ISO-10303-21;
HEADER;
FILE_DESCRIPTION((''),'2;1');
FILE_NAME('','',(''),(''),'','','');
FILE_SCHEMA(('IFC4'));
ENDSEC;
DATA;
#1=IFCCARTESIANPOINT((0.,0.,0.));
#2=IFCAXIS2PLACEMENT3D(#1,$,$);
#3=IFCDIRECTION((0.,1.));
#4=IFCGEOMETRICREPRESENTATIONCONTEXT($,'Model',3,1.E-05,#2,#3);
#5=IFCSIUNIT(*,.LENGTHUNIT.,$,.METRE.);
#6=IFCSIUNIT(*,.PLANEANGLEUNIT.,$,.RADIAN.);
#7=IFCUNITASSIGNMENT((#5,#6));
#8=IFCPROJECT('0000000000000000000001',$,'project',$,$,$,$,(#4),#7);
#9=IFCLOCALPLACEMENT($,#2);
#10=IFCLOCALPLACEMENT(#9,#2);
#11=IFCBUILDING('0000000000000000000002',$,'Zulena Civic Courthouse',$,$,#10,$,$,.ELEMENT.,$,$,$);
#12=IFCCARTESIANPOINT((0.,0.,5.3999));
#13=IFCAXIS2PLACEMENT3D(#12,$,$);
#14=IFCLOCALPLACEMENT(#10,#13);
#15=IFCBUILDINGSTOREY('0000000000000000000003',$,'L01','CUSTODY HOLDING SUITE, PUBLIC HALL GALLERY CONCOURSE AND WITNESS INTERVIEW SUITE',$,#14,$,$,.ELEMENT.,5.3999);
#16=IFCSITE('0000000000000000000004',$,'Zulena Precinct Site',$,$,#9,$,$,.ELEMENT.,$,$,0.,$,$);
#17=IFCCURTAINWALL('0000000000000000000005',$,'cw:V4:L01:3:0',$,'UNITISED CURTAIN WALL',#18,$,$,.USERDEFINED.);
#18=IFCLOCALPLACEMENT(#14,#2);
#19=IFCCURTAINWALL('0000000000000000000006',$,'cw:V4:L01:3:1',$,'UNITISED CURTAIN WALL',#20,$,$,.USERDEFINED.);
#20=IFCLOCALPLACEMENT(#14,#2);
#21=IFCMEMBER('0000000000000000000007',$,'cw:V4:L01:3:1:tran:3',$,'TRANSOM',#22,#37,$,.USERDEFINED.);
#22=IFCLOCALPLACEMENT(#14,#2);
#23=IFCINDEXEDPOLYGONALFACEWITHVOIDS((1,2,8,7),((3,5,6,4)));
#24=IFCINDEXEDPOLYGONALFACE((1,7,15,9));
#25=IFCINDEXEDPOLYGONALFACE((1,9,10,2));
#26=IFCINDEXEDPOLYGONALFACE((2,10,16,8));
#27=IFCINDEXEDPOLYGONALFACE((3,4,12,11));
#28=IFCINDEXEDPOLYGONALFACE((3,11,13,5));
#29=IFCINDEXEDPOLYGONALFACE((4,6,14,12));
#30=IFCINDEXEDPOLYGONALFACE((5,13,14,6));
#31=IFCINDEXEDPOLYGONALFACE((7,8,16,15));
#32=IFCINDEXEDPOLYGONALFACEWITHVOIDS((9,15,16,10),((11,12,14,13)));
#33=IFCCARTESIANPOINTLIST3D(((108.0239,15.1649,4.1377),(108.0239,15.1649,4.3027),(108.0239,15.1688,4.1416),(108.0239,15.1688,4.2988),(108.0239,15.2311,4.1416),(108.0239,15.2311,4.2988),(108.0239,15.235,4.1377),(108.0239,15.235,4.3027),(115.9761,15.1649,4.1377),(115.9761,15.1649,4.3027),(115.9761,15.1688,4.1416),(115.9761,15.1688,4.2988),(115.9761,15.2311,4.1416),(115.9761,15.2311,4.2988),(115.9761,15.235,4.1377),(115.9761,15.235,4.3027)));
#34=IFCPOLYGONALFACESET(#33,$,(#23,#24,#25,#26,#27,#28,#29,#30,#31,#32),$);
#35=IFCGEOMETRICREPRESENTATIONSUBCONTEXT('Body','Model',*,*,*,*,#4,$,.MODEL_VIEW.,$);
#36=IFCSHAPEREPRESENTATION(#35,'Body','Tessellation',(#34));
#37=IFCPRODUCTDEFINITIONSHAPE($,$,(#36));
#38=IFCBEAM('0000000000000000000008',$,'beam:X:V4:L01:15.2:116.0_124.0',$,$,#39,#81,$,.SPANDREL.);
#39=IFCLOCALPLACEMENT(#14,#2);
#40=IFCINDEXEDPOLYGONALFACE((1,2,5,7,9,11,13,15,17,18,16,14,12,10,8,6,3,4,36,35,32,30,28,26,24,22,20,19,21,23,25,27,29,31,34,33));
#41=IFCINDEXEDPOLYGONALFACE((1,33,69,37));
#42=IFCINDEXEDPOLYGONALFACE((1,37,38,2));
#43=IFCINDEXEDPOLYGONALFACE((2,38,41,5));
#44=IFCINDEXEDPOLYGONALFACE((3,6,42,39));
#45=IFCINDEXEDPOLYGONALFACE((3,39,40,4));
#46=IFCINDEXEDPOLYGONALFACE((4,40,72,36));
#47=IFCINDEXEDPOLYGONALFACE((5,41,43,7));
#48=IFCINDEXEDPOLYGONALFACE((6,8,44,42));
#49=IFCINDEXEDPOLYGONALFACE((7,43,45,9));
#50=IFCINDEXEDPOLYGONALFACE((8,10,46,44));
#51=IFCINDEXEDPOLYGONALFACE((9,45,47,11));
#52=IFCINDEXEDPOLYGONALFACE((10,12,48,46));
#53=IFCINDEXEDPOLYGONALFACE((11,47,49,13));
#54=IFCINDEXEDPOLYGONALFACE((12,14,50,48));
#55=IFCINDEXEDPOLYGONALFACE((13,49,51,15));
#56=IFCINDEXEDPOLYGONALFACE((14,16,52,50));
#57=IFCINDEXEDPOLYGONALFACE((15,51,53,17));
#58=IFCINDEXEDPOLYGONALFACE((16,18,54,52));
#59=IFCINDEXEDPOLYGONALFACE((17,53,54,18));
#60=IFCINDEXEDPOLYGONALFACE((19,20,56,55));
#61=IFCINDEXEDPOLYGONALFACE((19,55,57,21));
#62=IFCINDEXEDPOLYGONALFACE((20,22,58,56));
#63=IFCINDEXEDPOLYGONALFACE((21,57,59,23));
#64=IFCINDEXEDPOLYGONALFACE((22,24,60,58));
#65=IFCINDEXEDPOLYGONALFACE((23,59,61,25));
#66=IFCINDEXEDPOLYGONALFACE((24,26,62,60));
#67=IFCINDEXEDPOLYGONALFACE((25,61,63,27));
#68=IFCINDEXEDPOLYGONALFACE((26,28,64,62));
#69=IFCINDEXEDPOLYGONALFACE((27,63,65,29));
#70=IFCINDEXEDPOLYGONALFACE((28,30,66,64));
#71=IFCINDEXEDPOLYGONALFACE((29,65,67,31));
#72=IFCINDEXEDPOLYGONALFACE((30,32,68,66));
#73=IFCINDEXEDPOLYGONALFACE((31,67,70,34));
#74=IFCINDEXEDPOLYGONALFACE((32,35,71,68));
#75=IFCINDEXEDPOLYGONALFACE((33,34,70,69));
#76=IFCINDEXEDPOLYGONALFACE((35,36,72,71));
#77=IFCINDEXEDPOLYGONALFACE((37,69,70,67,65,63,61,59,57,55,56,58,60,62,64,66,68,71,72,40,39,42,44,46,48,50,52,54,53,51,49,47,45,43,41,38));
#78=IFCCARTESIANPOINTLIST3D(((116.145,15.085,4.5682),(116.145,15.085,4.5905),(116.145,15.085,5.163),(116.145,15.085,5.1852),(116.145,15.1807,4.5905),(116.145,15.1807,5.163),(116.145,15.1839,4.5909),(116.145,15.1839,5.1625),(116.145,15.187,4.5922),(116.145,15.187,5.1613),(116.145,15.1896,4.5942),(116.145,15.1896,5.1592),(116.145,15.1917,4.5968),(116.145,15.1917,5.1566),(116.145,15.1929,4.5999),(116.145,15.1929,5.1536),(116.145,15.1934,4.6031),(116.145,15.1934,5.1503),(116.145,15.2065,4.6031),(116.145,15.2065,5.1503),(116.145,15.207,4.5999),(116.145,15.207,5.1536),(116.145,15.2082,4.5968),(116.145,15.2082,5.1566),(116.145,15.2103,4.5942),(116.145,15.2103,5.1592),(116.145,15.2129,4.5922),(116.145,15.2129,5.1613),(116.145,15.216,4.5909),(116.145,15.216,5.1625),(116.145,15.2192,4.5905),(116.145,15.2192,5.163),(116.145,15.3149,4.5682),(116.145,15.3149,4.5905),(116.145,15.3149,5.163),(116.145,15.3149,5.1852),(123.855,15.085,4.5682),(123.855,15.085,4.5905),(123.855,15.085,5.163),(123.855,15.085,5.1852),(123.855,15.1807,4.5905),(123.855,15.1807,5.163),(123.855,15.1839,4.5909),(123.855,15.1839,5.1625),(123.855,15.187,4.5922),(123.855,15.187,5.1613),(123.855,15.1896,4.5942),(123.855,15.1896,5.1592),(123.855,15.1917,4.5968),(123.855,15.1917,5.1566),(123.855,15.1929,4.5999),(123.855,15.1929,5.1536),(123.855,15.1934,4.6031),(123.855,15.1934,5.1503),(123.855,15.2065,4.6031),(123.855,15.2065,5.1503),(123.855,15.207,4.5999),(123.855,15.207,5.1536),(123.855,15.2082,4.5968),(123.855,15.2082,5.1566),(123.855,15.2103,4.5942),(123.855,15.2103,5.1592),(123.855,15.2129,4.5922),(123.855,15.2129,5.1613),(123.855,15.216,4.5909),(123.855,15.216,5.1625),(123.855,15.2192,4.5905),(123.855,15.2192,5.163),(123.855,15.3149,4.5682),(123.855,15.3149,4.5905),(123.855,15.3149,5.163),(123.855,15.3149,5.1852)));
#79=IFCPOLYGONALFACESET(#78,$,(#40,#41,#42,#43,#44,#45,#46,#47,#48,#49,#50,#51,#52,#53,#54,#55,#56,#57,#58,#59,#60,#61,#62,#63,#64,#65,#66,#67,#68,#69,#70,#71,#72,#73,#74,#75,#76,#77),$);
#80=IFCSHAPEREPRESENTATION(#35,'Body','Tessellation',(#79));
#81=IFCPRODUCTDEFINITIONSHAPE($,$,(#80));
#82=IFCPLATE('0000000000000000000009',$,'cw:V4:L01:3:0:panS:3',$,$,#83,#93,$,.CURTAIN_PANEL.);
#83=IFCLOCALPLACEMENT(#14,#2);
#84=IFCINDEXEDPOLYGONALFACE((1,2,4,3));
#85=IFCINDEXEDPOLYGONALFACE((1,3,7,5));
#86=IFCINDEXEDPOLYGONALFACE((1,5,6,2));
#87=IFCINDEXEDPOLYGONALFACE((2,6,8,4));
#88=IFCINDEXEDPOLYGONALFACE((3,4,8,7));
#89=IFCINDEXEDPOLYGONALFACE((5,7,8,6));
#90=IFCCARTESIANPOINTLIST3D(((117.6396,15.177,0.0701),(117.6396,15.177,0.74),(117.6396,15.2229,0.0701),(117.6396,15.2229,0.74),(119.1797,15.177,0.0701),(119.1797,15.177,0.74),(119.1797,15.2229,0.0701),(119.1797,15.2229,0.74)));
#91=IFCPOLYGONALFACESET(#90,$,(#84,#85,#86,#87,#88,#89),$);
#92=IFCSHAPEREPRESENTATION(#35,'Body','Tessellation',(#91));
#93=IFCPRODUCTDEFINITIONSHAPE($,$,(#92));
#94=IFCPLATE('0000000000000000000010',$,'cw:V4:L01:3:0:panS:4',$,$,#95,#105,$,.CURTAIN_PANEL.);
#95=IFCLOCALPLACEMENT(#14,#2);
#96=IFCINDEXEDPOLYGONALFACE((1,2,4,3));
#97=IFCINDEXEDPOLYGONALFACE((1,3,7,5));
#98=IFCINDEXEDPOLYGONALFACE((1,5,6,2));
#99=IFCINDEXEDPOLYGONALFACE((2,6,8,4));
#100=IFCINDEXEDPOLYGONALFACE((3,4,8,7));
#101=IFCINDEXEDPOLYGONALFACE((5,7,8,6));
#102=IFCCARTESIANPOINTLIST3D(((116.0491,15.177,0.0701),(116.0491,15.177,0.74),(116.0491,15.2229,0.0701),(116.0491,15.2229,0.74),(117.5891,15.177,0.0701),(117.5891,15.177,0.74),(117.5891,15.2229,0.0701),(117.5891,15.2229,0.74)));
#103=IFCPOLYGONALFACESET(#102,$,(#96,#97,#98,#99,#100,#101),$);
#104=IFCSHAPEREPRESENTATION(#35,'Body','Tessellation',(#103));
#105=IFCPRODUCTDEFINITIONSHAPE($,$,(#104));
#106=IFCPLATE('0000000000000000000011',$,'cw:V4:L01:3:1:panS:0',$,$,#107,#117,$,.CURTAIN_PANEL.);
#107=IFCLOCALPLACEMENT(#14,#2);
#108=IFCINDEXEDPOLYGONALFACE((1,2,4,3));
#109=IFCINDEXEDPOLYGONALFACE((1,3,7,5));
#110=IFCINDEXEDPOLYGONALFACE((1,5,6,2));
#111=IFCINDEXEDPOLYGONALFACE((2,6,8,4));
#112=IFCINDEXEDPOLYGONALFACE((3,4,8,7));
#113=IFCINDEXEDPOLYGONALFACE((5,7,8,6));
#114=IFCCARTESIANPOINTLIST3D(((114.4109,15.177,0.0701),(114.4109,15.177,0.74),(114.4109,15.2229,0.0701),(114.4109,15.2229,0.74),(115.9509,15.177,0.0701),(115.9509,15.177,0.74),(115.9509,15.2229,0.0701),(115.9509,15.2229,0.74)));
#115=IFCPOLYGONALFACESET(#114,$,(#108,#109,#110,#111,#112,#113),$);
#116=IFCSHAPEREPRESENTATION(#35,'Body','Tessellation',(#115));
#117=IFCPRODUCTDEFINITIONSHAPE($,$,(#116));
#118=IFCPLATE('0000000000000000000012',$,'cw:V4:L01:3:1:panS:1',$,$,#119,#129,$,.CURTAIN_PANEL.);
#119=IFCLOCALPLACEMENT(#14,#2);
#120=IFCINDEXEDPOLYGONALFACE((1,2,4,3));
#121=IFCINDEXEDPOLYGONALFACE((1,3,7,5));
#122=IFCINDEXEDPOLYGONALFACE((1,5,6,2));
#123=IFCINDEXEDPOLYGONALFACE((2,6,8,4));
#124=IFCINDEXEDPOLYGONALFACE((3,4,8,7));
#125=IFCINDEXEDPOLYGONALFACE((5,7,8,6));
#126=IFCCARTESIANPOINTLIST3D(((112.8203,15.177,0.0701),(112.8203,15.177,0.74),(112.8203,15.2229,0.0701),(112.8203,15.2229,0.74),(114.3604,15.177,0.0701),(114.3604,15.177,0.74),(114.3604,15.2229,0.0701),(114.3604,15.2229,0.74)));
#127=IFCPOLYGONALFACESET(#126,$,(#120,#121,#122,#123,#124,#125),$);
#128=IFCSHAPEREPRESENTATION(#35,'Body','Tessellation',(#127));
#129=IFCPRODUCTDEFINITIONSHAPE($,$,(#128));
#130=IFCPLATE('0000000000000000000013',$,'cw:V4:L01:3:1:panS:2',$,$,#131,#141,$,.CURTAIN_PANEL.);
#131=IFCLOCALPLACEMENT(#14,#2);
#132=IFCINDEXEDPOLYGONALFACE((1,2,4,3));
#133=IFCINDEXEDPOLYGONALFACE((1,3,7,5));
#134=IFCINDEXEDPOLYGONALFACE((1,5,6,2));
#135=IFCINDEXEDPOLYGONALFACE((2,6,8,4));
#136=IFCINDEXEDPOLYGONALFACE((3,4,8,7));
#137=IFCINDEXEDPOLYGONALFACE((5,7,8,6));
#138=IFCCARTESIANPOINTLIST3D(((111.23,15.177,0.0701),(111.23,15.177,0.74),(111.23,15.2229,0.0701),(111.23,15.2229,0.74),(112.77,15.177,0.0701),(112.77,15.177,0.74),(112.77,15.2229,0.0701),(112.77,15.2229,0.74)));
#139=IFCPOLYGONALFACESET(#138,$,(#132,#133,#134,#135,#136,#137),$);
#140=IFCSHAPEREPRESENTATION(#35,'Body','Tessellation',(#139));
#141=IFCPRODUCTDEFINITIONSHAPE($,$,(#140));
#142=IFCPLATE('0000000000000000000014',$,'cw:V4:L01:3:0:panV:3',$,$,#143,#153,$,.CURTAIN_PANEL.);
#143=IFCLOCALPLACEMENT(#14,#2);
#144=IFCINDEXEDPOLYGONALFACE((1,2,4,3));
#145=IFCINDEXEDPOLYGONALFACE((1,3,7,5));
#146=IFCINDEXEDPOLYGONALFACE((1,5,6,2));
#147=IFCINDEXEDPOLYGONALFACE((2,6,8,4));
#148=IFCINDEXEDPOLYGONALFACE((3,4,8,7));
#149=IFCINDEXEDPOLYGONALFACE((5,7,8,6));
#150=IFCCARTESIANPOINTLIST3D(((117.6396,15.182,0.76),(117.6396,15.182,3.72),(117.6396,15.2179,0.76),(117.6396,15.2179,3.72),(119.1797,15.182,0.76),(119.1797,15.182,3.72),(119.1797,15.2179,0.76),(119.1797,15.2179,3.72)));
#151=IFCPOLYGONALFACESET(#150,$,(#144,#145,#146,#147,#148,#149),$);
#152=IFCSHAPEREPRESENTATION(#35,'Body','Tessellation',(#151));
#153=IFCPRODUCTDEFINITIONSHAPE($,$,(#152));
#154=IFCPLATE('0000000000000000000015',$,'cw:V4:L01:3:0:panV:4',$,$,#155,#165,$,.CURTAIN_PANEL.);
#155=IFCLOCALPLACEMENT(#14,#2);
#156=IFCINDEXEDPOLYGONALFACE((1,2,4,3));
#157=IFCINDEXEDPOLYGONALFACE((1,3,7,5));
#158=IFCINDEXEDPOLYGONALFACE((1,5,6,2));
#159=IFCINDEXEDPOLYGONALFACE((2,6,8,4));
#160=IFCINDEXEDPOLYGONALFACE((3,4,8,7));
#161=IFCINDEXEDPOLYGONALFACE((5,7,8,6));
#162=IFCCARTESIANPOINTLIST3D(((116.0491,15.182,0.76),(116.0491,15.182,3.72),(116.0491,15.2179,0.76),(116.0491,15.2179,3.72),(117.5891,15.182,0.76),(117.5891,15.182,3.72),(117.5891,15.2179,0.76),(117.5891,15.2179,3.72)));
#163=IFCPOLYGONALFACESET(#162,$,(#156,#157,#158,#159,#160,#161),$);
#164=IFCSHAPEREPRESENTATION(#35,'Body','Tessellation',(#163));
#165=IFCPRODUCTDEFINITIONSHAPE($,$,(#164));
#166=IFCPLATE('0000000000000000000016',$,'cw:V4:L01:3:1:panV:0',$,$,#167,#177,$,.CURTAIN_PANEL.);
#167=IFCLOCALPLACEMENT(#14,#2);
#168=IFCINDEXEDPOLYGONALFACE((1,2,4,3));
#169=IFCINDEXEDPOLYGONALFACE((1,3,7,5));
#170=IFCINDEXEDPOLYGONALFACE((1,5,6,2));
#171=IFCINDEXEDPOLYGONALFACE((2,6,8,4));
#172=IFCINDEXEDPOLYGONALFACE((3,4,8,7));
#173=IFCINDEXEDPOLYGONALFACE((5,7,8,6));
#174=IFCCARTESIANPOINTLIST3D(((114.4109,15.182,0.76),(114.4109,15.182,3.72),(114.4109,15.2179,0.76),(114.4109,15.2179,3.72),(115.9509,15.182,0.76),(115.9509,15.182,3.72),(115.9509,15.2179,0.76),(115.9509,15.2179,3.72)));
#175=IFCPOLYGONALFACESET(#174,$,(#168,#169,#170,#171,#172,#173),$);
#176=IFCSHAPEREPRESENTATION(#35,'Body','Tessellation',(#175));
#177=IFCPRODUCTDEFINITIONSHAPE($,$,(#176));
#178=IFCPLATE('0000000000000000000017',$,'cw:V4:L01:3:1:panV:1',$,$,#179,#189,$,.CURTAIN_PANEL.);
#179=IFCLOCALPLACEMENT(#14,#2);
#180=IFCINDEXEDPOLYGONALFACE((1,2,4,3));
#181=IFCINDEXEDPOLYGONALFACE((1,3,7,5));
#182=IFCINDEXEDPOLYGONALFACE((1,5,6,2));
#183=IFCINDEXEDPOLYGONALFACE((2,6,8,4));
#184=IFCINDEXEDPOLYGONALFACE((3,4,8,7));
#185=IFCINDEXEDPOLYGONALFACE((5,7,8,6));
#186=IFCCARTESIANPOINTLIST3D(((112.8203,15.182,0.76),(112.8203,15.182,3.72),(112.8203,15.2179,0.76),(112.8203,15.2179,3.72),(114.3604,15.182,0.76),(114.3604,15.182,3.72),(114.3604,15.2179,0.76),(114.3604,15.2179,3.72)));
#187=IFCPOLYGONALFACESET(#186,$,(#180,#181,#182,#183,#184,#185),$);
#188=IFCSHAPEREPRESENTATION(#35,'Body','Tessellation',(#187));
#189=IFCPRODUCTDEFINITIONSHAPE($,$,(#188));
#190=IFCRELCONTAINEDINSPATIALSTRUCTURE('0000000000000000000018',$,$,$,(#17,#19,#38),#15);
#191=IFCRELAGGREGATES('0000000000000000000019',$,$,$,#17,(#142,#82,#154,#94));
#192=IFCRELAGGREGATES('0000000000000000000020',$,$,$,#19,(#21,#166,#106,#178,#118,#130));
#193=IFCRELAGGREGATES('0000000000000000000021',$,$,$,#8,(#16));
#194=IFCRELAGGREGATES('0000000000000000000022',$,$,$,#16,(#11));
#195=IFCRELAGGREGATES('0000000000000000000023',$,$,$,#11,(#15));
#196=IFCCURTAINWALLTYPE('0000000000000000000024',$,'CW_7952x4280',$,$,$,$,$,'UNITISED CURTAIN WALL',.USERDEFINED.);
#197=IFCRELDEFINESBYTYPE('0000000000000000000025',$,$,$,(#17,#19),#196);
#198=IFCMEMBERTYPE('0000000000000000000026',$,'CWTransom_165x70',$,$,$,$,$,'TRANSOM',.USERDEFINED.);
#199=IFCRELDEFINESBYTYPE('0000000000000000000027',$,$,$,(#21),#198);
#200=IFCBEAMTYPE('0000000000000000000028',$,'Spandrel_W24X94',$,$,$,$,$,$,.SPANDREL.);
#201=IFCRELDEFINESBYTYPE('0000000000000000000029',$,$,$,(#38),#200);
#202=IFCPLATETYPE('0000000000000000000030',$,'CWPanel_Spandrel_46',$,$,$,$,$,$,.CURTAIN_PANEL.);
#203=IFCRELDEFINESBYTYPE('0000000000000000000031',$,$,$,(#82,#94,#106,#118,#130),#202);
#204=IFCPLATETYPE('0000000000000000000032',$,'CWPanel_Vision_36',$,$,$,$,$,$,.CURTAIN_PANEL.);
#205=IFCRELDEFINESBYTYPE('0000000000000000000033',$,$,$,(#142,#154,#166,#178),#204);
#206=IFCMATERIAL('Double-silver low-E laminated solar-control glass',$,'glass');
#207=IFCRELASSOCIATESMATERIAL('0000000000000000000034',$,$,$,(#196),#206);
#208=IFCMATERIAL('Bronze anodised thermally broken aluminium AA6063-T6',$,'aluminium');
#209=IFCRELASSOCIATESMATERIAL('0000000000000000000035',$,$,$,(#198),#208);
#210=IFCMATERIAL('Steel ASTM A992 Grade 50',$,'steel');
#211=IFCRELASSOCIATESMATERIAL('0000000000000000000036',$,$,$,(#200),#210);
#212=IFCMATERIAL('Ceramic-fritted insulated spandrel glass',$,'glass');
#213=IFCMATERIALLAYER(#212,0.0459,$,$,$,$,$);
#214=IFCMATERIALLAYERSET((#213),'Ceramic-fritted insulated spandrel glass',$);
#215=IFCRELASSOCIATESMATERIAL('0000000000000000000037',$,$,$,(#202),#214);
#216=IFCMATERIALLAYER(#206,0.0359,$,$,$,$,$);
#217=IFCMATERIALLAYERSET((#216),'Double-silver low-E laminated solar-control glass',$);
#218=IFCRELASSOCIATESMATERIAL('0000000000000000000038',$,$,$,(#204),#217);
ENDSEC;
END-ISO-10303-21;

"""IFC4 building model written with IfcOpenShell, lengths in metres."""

from ifc_helpers import new_model, si_unit, direction, frame, origin, origin_2d, place, context, subcontext, project, spatial, rectangle, hollow_rectangle, i_section, extrude, material, layer, layer_set, material_profile, profile_set, type_object, element, aggregate, save


model = new_model("IFC4")

# Units and contexts
model_context = context("Model", 3, precision=1e-05, world=origin(), true_north=direction((0.0, 1.0)))
body_context = subcontext(model_context, "Body", "Model", "MODEL_VIEW")
ifc_project = project(units=[si_unit("LENGTHUNIT", "METRE"), si_unit("PLANEANGLEUNIT", "RADIAN")], contexts=[model_context])

# Site, building, storey
site_placement = place(None, origin())
site = spatial("IfcSite", under=ifc_project, at=site_placement, Name="Zulena Precinct Site", CompositionType="ELEMENT", RefElevation=0.0)
building_placement = place(site_placement, origin())
building = spatial("IfcBuilding", under=site, at=building_placement, Name="Zulena Civic Courthouse", CompositionType="ELEMENT")
storey_placement = place(building_placement, frame((0.0, 0.0, 5.3999)))
storey = spatial("IfcBuildingStorey", under=building, at=storey_placement, Name="L01", Description="CUSTODY HOLDING SUITE, PUBLIC HALL GALLERY CONCOURSE AND WITNESS INTERVIEW SUITE", CompositionType="ELEMENT", Elevation=5.3999)

# Shared definitions
ifc_material_1 = material(Name="Steel ASTM A992 Grade 50", Category="steel")

# Curtain walls, member
ifc_material_2 = material(Name="Double-silver low-E laminated solar-control glass", Category="glass")
curtain_wall_type = type_object("IfcCurtainWallType", Name="CW_7952x4280", ElementType="UNITISED CURTAIN WALL", PredefinedType="USERDEFINED", material=ifc_material_2)
curtain_wall_1_placement = place(storey_placement, origin())
curtain_wall_1 = element("IfcCurtainWall", 1, at=curtain_wall_1_placement, inside=storey, type_object=curtain_wall_type, Name="cw:V4:L01:3:0", ObjectType="UNITISED CURTAIN WALL", PredefinedType="USERDEFINED")
ifc_material_3 = material(Name="Bronze anodised thermally broken aluminium AA6063-T6", Category="aluminium")
curtain_wall_2_placement = place(storey_placement, origin())
curtain_wall_2 = element("IfcCurtainWall", 2, at=curtain_wall_2_placement, inside=storey, type_object=curtain_wall_type, Name="cw:V4:L01:3:1", ObjectType="UNITISED CURTAIN WALL", PredefinedType="USERDEFINED")
ifc_material_profile_1 = material_profile(ifc_material_3, hollow_rectangle(XDim=0.0701, YDim=0.165, WallThickness=0.0039, at=origin_2d()), Name="CWT165X70X4")
ifc_profile_set_1 = profile_set([ifc_material_profile_1], Name="Bronze anodised thermally broken aluminium AA6063-T6")
member_type_1 = type_object("IfcMemberType", Name="CWTransom_165x70", ElementType="TRANSOM", PredefinedType="USERDEFINED", material=ifc_profile_set_1)
member_1_placement = place(storey_placement, frame((115.9761, 15.2, 4.2202), z_axis=(-1.0, 0.0, 0.0), x_axis=(0.0, -1.0, 0.0)))
member_1 = element("IfcMember", 3, at=member_1_placement, type_object=member_type_1, Name="cw:V4:L01:3:1:tran:3", ObjectType="TRANSOM", PredefinedType="USERDEFINED", context=body_context, shape_type="SweptSolid", body=[
    extrude(hollow_rectangle(XDim=0.0701, YDim=0.165, WallThickness=0.0039, at=origin_2d()), origin(), (0.0, 0.0, 1.0), 7.9521),
])

# Beam
ifc_material_profile_2 = material_profile(ifc_material_1, i_section(OverallWidth=0.23, OverallDepth=0.6169, WebThickness=0.0132, FlangeThickness=0.0222, FilletRadius=0.0127, at=origin_2d()), Name="W24X94")
ifc_profile_set_2 = profile_set([ifc_material_profile_2], Name="Steel ASTM A992 Grade 50")
beam_type = type_object("IfcBeamType", Name="Spandrel_W24X94", PredefinedType="SPANDREL", material=ifc_profile_set_2)
beam_placement = place(storey_placement, frame((116.145, 15.2, 4.8767), z_axis=(1.0, 0.0, 0.0), x_axis=(0.0, 1.0, 0.0)))
element("IfcBeam", 4, at=beam_placement, inside=storey, type_object=beam_type, Name="beam:X:V4:L01:15.2:116.0_124.0", PredefinedType="SPANDREL", context=body_context, shape_type="SweptSolid", body=[
    extrude(i_section(OverallWidth=0.23, OverallDepth=0.6169, WebThickness=0.0132, FlangeThickness=0.0222, FilletRadius=0.0127, at=origin_2d()), origin(), (0.0, 0.0, 1.0), 7.71),
])

# Plates
ifc_material_4 = material(Name="Ceramic-fritted insulated spandrel glass", Category="glass")
ifc_layer_1 = layer(ifc_material_4, 0.0459)
ifc_layer_set_1 = layer_set([ifc_layer_1], Name="Ceramic-fritted insulated spandrel glass")
plate_type_1 = type_object("IfcPlateType", Name="CWPanel_Spandrel_46", PredefinedType="CURTAIN_PANEL", material=ifc_layer_set_1)
plate_1_placement = place(storey_placement, frame((118.4097, 15.2, 0.0701), z_axis=(0.0, 0.0, 1.0), x_axis=(-1.0, 0.0, 0.0)))
plate_1 = element("IfcPlate", 5, at=plate_1_placement, type_object=plate_type_1, Name="cw:V4:L01:3:0:panS:3", PredefinedType="CURTAIN_PANEL", context=body_context, shape_type="SweptSolid", body=[
    extrude(rectangle(XDim=1.54, YDim=0.0459, at=origin_2d()), origin(), (0.0, 0.0, 1.0), 0.6699),
])
plate_2_placement = place(storey_placement, frame((116.8191, 15.2, 0.0701), z_axis=(0.0, 0.0, 1.0), x_axis=(-1.0, 0.0, 0.0)))
plate_2 = element("IfcPlate", 6, at=plate_2_placement, type_object=plate_type_1, Name="cw:V4:L01:3:0:panS:4", PredefinedType="CURTAIN_PANEL", context=body_context, shape_type="SweptSolid", body=[
    extrude(rectangle(XDim=1.54, YDim=0.0459, at=origin_2d()), origin(), (0.0, 0.0, 1.0), 0.6699),
])
plate_3_placement = place(storey_placement, frame((115.1809, 15.2, 0.0701), z_axis=(0.0, 0.0, 1.0), x_axis=(-1.0, 0.0, 0.0)))
plate_3 = element("IfcPlate", 7, at=plate_3_placement, type_object=plate_type_1, Name="cw:V4:L01:3:1:panS:0", PredefinedType="CURTAIN_PANEL", context=body_context, shape_type="SweptSolid", body=[
    extrude(rectangle(XDim=1.54, YDim=0.0459, at=origin_2d()), origin(), (0.0, 0.0, 1.0), 0.6699),
])
plate_4_placement = place(storey_placement, frame((113.5903, 15.2, 0.0701), z_axis=(0.0, 0.0, 1.0), x_axis=(-1.0, 0.0, 0.0)))
plate_4 = element("IfcPlate", 8, at=plate_4_placement, type_object=plate_type_1, Name="cw:V4:L01:3:1:panS:1", PredefinedType="CURTAIN_PANEL", context=body_context, shape_type="SweptSolid", body=[
    extrude(rectangle(XDim=1.54, YDim=0.0459, at=origin_2d()), origin(), (0.0, 0.0, 1.0), 0.6699),
])
plate_5_placement = place(storey_placement, frame((112.0, 15.2, 0.0701), z_axis=(0.0, 0.0, 1.0), x_axis=(-1.0, 0.0, 0.0)))
plate_5 = element("IfcPlate", 9, at=plate_5_placement, type_object=plate_type_1, Name="cw:V4:L01:3:1:panS:2", PredefinedType="CURTAIN_PANEL", context=body_context, shape_type="SweptSolid", body=[
    extrude(rectangle(XDim=1.54, YDim=0.0459, at=origin_2d()), origin(), (0.0, 0.0, 1.0), 0.6699),
])
ifc_layer_2 = layer(ifc_material_2, 0.0359)
ifc_layer_set_2 = layer_set([ifc_layer_2], Name="Double-silver low-E laminated solar-control glass")
plate_type_2 = type_object("IfcPlateType", Name="CWPanel_Vision_36", PredefinedType="CURTAIN_PANEL", material=ifc_layer_set_2)
plate_6_placement = place(storey_placement, frame((118.4097, 15.2, 0.76), z_axis=(0.0, 0.0, 1.0), x_axis=(-1.0, 0.0, 0.0)))
plate_6 = element("IfcPlate", 10, at=plate_6_placement, type_object=plate_type_2, Name="cw:V4:L01:3:0:panV:3", PredefinedType="CURTAIN_PANEL", context=body_context, shape_type="SweptSolid", body=[
    extrude(rectangle(XDim=1.54, YDim=0.0359, at=origin_2d()), origin(), (0.0, 0.0, 1.0), 2.96),
])
plate_7_placement = place(storey_placement, frame((116.8191, 15.2, 0.76), z_axis=(0.0, 0.0, 1.0), x_axis=(-1.0, 0.0, 0.0)))
plate_7 = element("IfcPlate", 11, at=plate_7_placement, type_object=plate_type_2, Name="cw:V4:L01:3:0:panV:4", PredefinedType="CURTAIN_PANEL", context=body_context, shape_type="SweptSolid", body=[
    extrude(rectangle(XDim=1.54, YDim=0.0359, at=origin_2d()), origin(), (0.0, 0.0, 1.0), 2.96),
])
aggregate(curtain_wall_1, [plate_6, plate_1, plate_7, plate_2])
plate_8_placement = place(storey_placement, frame((115.1809, 15.2, 0.76), z_axis=(0.0, 0.0, 1.0), x_axis=(-1.0, 0.0, 0.0)))
plate_8 = element("IfcPlate", 12, at=plate_8_placement, type_object=plate_type_2, Name="cw:V4:L01:3:1:panV:0", PredefinedType="CURTAIN_PANEL", context=body_context, shape_type="SweptSolid", body=[
    extrude(rectangle(XDim=1.54, YDim=0.0359, at=origin_2d()), origin(), (0.0, 0.0, 1.0), 2.96),
])
plate_9_placement = place(storey_placement, frame((113.5903, 15.2, 0.76), z_axis=(0.0, 0.0, 1.0), x_axis=(-1.0, 0.0, 0.0)))
plate_9 = element("IfcPlate", 13, at=plate_9_placement, type_object=plate_type_2, Name="cw:V4:L01:3:1:panV:1", PredefinedType="CURTAIN_PANEL", context=body_context, shape_type="SweptSolid", body=[
    extrude(rectangle(XDim=1.54, YDim=0.0359, at=origin_2d()), origin(), (0.0, 0.0, 1.0), 2.96),
])
aggregate(curtain_wall_2, [member_1, plate_8, plate_3, plate_9, plate_4, plate_5])

save(model, "model.ifc")
